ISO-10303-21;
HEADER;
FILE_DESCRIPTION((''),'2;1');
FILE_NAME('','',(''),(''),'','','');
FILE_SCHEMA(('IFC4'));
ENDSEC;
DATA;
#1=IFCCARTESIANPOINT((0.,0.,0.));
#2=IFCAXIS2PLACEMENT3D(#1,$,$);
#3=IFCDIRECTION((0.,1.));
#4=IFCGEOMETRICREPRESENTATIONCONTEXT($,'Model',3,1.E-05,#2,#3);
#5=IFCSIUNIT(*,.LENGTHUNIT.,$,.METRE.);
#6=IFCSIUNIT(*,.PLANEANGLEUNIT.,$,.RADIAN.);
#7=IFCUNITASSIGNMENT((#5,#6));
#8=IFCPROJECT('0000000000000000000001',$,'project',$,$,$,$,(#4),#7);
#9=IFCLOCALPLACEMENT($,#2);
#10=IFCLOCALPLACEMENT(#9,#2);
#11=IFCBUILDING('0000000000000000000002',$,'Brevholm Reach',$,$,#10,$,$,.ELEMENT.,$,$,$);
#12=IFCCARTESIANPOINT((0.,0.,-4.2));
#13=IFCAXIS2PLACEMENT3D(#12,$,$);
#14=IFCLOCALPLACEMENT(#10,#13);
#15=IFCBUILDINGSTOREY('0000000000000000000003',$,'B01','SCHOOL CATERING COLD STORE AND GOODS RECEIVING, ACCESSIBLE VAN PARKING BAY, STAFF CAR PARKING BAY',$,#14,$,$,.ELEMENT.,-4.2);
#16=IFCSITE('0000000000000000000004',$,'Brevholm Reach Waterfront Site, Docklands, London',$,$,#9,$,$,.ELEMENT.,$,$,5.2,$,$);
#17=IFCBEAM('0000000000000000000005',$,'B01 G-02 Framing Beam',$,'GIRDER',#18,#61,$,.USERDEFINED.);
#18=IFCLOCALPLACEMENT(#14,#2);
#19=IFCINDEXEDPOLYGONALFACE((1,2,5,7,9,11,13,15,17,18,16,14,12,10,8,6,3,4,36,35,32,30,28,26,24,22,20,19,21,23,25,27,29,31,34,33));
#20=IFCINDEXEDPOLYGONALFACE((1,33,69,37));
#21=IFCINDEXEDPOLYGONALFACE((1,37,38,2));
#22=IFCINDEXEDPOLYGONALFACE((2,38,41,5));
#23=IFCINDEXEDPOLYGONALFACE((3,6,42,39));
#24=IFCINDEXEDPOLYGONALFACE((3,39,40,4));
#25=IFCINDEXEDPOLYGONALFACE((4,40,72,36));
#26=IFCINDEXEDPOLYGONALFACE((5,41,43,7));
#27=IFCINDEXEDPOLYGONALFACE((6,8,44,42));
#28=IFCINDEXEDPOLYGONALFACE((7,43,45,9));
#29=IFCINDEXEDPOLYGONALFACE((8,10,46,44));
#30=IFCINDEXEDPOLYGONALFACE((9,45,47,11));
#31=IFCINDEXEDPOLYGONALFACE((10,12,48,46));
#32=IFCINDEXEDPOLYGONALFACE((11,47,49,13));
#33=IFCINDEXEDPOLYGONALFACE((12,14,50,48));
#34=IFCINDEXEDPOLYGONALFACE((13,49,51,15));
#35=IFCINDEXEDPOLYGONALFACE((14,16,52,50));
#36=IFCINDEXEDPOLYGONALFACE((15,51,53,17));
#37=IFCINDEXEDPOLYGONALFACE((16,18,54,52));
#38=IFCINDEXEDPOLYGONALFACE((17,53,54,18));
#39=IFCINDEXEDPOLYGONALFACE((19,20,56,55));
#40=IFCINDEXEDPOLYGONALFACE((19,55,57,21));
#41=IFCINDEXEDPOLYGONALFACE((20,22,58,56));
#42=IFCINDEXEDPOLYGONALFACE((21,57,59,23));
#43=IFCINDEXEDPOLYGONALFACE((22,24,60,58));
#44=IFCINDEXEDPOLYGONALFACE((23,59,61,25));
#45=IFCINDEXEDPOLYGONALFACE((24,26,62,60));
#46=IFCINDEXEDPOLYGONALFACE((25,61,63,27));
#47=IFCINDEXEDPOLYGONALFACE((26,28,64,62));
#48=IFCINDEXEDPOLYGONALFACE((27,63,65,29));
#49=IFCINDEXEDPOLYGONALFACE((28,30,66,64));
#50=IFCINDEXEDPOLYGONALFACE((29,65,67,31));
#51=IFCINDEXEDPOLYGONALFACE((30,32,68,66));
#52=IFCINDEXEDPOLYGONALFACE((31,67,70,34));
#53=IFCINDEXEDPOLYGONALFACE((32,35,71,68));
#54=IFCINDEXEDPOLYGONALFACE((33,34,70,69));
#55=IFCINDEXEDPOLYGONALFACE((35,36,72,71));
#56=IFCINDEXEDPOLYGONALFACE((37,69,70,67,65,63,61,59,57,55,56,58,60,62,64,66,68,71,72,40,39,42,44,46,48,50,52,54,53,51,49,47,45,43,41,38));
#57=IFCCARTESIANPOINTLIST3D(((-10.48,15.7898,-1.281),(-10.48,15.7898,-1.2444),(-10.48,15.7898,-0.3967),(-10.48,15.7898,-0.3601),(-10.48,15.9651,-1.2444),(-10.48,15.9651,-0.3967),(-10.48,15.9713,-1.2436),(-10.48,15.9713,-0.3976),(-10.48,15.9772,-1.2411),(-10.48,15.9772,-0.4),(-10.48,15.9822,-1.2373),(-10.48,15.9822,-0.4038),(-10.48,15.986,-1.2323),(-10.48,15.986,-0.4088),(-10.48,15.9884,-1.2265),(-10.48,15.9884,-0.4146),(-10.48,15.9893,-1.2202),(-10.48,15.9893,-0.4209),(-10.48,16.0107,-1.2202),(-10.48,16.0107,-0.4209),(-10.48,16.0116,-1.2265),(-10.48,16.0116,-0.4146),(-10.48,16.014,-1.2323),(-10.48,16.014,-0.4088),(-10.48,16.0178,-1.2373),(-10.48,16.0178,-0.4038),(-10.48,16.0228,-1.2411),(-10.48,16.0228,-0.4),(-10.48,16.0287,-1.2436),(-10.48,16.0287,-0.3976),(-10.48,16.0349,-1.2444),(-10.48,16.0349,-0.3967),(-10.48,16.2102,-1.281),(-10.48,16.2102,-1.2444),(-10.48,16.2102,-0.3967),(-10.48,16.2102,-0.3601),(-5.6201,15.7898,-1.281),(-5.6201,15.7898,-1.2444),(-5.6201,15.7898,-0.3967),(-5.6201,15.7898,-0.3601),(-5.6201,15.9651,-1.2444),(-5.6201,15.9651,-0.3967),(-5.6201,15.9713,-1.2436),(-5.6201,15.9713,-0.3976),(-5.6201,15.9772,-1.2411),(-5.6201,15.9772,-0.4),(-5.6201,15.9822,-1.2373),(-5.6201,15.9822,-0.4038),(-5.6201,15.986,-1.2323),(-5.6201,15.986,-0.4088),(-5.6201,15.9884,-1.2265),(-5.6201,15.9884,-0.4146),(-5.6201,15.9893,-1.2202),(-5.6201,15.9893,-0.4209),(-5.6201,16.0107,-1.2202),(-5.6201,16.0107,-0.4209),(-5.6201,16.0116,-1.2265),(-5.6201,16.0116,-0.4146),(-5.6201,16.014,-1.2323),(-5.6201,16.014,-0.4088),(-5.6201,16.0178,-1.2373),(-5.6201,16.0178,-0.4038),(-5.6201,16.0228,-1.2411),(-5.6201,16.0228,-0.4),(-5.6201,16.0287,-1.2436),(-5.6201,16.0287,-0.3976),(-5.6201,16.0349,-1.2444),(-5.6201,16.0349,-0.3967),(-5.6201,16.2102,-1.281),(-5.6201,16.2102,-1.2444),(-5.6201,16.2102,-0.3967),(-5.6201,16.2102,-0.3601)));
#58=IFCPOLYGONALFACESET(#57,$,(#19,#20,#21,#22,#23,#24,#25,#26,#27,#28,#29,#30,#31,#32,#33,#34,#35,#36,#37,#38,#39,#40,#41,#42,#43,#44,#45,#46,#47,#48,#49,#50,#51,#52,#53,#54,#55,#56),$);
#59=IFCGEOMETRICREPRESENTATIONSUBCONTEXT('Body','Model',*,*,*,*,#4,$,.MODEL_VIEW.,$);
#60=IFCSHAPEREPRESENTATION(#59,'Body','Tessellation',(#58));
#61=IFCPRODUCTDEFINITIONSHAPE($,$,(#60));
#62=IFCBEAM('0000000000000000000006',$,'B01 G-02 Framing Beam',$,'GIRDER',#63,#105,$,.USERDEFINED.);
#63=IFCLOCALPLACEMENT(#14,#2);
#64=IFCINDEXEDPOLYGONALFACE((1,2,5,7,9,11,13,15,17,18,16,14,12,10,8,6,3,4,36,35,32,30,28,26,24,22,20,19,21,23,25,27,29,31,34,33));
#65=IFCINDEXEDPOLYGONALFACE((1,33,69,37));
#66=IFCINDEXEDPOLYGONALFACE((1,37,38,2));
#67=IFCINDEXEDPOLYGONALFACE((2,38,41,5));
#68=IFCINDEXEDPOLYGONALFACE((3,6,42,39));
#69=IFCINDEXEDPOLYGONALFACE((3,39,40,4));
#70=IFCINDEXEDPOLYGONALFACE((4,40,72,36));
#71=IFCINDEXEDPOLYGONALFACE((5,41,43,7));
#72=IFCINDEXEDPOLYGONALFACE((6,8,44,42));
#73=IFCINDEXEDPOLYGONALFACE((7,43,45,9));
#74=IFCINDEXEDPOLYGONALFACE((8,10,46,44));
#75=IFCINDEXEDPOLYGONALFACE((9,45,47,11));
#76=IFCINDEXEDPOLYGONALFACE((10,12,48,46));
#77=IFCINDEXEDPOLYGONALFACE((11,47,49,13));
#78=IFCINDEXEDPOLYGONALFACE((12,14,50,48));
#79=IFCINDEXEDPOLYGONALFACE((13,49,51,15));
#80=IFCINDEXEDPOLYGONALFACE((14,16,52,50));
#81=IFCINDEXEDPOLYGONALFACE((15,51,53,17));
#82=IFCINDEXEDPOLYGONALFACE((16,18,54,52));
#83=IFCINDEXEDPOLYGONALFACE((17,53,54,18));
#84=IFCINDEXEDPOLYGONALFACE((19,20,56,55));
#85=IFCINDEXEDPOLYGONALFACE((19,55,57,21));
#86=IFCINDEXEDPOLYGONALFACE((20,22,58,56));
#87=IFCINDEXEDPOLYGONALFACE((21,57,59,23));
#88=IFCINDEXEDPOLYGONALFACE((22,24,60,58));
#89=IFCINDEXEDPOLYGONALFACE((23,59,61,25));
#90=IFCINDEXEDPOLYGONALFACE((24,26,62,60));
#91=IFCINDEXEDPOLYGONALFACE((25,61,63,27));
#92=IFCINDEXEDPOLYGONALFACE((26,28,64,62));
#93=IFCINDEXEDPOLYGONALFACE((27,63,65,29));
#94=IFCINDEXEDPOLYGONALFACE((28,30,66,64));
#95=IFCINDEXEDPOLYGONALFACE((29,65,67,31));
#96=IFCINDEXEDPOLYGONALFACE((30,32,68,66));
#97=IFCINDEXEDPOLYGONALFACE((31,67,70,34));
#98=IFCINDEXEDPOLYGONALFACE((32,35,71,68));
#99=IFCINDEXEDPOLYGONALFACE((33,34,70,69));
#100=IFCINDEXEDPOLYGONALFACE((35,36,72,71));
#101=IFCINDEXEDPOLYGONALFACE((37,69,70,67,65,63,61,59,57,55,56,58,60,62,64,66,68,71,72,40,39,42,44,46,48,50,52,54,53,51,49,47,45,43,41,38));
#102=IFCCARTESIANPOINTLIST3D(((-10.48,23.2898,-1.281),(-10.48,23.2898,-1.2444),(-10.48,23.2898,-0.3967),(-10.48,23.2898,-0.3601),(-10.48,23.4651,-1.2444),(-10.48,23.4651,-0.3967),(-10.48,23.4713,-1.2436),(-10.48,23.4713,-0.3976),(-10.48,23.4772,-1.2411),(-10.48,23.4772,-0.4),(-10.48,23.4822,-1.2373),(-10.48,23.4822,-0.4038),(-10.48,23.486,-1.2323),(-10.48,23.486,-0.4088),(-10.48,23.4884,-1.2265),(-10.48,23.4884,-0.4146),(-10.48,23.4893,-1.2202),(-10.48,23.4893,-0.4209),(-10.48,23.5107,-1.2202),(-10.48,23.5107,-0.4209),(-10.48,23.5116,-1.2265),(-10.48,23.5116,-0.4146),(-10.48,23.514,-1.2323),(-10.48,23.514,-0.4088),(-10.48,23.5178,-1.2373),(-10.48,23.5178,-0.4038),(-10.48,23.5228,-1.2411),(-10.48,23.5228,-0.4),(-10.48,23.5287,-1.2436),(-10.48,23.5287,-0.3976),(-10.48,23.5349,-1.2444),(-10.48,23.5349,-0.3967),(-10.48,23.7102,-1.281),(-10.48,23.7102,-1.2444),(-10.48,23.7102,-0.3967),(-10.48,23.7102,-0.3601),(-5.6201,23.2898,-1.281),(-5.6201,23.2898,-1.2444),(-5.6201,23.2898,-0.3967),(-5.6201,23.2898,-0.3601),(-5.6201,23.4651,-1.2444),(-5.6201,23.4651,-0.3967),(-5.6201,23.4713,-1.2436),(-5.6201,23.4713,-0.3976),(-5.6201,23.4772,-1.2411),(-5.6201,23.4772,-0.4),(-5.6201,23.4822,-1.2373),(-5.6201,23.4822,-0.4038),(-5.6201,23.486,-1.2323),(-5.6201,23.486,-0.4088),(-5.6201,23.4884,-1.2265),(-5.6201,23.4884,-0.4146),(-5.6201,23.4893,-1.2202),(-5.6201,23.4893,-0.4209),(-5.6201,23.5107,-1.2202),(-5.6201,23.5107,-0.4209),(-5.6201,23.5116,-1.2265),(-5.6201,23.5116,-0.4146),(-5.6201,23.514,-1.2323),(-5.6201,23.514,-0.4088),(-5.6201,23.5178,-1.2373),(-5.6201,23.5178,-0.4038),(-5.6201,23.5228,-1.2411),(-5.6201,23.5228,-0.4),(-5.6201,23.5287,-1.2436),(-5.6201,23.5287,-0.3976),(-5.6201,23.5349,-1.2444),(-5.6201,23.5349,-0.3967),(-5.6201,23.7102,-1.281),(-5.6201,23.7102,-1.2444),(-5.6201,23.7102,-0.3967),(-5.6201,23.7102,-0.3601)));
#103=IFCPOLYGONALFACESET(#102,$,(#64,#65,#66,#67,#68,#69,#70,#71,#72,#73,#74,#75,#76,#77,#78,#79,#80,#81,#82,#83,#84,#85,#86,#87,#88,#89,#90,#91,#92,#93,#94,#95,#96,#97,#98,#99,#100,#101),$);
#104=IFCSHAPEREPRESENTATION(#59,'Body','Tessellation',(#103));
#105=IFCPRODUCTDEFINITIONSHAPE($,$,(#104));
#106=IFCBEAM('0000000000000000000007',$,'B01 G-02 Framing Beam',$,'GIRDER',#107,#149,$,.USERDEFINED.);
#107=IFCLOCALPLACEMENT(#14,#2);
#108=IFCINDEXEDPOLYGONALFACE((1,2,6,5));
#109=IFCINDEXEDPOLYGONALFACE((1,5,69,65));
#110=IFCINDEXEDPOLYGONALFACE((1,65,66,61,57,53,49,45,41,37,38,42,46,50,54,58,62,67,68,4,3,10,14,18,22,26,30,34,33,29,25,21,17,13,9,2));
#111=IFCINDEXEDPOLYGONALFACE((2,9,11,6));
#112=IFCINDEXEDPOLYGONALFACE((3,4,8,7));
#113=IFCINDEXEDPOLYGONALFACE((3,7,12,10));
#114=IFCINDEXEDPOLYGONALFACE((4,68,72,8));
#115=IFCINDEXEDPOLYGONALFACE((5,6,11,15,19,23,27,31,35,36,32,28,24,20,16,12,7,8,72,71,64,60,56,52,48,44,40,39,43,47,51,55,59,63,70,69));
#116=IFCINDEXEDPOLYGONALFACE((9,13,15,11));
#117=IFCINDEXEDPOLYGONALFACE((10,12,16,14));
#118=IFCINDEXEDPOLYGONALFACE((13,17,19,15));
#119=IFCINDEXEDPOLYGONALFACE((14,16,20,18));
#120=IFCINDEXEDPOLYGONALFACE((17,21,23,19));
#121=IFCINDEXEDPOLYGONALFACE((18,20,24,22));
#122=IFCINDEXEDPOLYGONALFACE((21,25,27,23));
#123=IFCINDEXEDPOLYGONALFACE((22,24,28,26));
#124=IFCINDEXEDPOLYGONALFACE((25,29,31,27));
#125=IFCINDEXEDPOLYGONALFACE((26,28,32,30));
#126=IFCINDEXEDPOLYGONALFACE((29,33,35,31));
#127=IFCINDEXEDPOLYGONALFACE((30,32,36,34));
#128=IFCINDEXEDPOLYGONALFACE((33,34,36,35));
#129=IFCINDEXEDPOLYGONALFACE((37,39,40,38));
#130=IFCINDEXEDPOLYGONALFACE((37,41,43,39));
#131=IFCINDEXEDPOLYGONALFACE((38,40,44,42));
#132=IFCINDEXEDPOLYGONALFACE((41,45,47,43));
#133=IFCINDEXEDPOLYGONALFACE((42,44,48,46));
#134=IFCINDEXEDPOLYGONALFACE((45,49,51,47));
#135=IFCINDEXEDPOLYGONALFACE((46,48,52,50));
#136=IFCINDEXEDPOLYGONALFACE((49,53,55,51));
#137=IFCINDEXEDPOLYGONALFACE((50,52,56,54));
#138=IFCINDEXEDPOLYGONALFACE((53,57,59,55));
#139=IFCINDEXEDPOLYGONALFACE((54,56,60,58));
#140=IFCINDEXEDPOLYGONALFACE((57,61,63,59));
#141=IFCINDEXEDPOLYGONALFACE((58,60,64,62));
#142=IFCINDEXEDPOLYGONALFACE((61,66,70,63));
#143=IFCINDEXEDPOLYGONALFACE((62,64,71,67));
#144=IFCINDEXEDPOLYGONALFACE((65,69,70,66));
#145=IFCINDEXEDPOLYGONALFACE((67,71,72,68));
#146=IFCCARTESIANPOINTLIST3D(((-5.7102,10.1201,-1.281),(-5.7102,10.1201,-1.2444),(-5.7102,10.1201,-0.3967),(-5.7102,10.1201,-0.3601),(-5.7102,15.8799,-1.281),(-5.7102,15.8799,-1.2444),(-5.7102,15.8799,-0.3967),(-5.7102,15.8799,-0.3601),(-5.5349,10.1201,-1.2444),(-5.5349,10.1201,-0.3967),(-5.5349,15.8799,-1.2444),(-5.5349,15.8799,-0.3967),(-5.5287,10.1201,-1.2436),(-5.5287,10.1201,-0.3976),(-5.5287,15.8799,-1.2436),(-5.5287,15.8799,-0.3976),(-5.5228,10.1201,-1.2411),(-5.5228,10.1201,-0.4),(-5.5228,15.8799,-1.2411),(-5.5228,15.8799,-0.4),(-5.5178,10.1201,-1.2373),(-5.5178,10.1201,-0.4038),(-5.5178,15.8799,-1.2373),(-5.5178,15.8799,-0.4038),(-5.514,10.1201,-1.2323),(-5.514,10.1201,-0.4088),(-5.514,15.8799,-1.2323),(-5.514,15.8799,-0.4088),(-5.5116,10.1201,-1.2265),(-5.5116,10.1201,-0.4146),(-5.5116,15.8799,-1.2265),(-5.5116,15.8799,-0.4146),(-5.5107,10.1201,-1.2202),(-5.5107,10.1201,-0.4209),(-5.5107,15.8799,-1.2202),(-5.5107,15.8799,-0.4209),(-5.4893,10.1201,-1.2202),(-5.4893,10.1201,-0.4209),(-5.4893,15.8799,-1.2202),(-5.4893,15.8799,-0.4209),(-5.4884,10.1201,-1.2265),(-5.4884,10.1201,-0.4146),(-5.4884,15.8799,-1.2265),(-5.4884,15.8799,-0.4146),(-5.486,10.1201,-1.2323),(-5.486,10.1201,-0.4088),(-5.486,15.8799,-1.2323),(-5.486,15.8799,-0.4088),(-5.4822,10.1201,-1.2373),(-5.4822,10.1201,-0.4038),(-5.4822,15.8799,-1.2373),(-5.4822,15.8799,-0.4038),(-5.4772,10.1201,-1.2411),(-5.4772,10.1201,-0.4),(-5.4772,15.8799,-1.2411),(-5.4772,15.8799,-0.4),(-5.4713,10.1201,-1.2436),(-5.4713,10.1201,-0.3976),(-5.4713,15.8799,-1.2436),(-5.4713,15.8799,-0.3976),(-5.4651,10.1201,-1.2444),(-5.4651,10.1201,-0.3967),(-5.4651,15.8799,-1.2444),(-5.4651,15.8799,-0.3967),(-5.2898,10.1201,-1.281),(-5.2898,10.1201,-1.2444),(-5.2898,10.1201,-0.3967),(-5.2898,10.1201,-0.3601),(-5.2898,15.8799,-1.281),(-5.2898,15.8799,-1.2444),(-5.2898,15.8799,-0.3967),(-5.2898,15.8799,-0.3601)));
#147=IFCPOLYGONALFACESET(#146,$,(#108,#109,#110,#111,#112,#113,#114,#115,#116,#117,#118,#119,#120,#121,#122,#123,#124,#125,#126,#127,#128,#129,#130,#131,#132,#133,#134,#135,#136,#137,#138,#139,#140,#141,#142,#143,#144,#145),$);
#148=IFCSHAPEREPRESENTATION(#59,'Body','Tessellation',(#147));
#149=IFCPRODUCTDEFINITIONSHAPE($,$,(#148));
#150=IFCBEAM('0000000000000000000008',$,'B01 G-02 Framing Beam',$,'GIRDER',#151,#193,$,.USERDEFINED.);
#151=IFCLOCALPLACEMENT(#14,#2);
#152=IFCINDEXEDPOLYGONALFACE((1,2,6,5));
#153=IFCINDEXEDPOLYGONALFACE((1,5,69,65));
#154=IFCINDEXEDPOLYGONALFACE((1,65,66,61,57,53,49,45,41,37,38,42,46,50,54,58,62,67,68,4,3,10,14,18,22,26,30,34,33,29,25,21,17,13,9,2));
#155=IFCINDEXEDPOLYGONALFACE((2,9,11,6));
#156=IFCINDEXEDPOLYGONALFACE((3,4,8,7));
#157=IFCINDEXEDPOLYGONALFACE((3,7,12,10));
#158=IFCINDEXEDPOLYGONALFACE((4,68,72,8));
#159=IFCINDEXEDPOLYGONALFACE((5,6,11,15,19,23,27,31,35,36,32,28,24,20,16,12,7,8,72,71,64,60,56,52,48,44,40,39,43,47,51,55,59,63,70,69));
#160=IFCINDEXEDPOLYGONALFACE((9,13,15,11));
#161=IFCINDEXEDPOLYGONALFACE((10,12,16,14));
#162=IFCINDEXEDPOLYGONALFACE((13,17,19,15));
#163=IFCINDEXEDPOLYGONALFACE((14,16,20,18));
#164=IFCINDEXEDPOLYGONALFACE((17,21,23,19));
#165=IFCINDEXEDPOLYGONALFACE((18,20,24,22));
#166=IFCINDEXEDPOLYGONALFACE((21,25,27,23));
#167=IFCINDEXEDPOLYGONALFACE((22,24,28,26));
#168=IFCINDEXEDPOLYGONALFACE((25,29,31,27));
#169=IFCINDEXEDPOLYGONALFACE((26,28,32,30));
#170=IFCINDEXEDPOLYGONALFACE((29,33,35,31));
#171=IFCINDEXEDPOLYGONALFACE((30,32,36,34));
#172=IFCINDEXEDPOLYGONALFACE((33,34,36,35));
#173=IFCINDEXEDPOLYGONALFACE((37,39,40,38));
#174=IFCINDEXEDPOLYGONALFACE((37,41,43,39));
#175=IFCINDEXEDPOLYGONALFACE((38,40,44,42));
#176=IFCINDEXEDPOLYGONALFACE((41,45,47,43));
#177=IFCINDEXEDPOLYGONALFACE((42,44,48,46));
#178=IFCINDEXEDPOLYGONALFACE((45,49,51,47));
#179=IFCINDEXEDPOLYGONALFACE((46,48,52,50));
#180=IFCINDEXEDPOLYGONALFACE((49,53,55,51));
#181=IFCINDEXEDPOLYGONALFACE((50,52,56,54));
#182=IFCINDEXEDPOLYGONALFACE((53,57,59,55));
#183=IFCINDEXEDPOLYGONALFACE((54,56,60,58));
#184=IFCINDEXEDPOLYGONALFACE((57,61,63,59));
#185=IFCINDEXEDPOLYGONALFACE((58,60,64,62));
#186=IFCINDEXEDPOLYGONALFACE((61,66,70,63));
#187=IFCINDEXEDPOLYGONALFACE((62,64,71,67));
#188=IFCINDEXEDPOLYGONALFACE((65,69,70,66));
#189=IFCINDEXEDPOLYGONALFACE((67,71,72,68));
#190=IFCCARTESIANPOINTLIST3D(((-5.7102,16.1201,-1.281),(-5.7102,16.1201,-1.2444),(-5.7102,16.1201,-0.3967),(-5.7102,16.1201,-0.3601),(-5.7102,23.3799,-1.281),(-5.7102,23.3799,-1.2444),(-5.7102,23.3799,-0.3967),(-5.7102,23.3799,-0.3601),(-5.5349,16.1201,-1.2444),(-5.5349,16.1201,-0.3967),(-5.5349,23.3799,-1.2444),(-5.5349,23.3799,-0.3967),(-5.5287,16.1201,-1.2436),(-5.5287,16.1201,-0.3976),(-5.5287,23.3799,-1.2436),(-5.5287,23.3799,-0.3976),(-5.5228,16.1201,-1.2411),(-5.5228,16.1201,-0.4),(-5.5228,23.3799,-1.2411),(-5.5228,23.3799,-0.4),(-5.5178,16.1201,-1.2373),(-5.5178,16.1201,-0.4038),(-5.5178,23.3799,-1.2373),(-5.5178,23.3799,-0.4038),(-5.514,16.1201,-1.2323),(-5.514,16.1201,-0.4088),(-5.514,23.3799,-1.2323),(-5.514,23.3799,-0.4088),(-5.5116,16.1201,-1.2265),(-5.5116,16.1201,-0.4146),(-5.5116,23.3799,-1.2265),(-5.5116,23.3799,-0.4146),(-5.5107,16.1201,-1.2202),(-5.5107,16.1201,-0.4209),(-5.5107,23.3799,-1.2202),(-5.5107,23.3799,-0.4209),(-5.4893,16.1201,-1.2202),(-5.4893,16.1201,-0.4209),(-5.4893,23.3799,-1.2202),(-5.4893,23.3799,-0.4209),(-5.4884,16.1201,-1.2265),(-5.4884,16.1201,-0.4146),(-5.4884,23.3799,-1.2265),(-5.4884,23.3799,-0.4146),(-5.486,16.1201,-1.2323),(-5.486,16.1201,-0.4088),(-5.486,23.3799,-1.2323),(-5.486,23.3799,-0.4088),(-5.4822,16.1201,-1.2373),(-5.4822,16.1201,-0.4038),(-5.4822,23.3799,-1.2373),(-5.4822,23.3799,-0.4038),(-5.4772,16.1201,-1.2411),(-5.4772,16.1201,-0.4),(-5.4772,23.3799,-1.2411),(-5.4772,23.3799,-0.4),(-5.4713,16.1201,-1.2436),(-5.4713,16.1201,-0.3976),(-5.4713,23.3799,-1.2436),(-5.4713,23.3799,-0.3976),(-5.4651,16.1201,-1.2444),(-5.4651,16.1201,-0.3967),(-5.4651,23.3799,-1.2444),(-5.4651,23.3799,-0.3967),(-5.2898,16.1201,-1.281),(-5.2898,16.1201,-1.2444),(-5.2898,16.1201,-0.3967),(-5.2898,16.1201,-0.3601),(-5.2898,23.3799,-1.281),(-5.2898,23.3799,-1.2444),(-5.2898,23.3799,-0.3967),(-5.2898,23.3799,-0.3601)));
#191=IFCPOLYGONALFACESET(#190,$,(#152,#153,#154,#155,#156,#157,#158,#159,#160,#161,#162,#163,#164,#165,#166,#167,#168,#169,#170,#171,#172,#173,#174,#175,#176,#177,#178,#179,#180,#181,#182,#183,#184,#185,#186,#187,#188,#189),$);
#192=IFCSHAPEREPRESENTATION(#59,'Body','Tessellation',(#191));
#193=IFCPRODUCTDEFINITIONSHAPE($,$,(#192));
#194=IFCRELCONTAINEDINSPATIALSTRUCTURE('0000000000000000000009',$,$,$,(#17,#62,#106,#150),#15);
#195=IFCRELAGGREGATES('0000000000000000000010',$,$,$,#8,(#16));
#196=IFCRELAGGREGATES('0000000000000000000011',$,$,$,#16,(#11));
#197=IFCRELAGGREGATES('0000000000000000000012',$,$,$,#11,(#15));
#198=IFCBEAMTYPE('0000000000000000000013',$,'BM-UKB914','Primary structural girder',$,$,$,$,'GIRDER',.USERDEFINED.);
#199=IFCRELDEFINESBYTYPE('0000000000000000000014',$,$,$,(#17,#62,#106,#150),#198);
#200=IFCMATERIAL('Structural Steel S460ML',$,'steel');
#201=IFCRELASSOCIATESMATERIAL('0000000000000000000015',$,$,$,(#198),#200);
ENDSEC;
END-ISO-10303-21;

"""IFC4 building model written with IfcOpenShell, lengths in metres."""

from ifc_helpers import new_model, si_unit, direction, frame, origin, origin_2d, place, context, subcontext, project, spatial, i_section, extrude, material, material_profile, profile_set, type_object, element, save


model = new_model("IFC4")

# Units and contexts
model_context = context("Model", 3, precision=1e-05, world=origin(), true_north=direction((0.0, 1.0)))
body_context = subcontext(model_context, "Body", "Model", "MODEL_VIEW")
ifc_project = project(units=[si_unit("LENGTHUNIT", "METRE"), si_unit("PLANEANGLEUNIT", "RADIAN")], contexts=[model_context])

# Site, building, storey
site_placement = place(None, origin())
site = spatial("IfcSite", under=ifc_project, at=site_placement, Name="Brevholm Reach Waterfront Site, Docklands, London", CompositionType="ELEMENT", RefElevation=5.2)
building_placement = place(site_placement, origin())
building = spatial("IfcBuilding", under=site, at=building_placement, Name="Brevholm Reach", CompositionType="ELEMENT")
storey_placement = place(building_placement, frame((0.0, 0.0, -4.2)))
storey = spatial("IfcBuildingStorey", under=building, at=storey_placement, Name="B01", Description="SCHOOL CATERING COLD STORE AND GOODS RECEIVING, ACCESSIBLE VAN PARKING BAY, STAFF CAR PARKING BAY", CompositionType="ELEMENT", Elevation=-4.2)

# Beams
ifc_material_1 = material(Name="Structural Steel S460ML", Category="steel")
ifc_material_profile_1 = material_profile(ifc_material_1, i_section(OverallWidth=0.4204, OverallDepth=0.9209, WebThickness=0.0215, FlangeThickness=0.0366, FilletRadius=0.0242, at=origin_2d()), Name="UKB 914x419x388")
ifc_profile_set_1 = profile_set([ifc_material_profile_1], Name="Structural Steel S460ML")
beam_type_1 = type_object("IfcBeamType", Name="BM-UKB914", Description="Primary structural girder", ElementType="GIRDER", PredefinedType="USERDEFINED", material=ifc_profile_set_1)
for number, where, z_axis, x_axis, name in (
    (1, (-10.48, 16.0, -0.8206), (1.0, 0.0, 0.0), (0.0, 1.0, 0.0), "B01 G-02 Framing Beam"),
    (2, (-10.48, 23.5, -0.8206), (1.0, 0.0, 0.0), (0.0, 1.0, 0.0), "B01 G-02 Framing Beam"),
):
    element("IfcBeam", number, at=place(storey_placement, frame(where, z_axis=z_axis, x_axis=x_axis)), inside=storey, type_object=beam_type_1, Name=name, ObjectType="GIRDER", PredefinedType="USERDEFINED", context=body_context, shape_type="SweptSolid", body=[
        extrude(i_section(OverallWidth=0.4204, OverallDepth=0.9209, WebThickness=0.0215, FlangeThickness=0.0366, FilletRadius=0.0242, at=origin_2d()), origin(), (0.0, 0.0, 1.0), 4.8599),
    ])
beam_1_placement = place(storey_placement, frame((-5.5, 10.1201, -0.8206), z_axis=(0.0, 1.0, 0.0), x_axis=(-1.0, 0.0, 0.0)))
element("IfcBeam", 3, at=beam_1_placement, inside=storey, type_object=beam_type_1, Name="B01 G-02 Framing Beam", ObjectType="GIRDER", PredefinedType="USERDEFINED", context=body_context, shape_type="SweptSolid", body=[
    extrude(i_section(OverallWidth=0.4204, OverallDepth=0.9209, WebThickness=0.0215, FlangeThickness=0.0366, FilletRadius=0.0242, at=origin_2d()), origin(), (0.0, 0.0, 1.0), 5.7598),
])
for number, where, z_axis, x_axis, name in (
    (4, (-5.5, 16.1201, -0.8206), (0.0, 1.0, 0.0), (-1.0, 0.0, 0.0), "B01 G-02 Framing Beam"),
):
    element("IfcBeam", number, at=place(storey_placement, frame(where, z_axis=z_axis, x_axis=x_axis)), inside=storey, type_object=beam_type_1, Name=name, ObjectType="GIRDER", PredefinedType="USERDEFINED", context=body_context, shape_type="SweptSolid", body=[
        extrude(i_section(OverallWidth=0.4204, OverallDepth=0.9209, WebThickness=0.0215, FlangeThickness=0.0366, FilletRadius=0.0242, at=origin_2d()), origin(), (0.0, 0.0, 1.0), 7.2598),
    ])

save(model, "model.ifc")
